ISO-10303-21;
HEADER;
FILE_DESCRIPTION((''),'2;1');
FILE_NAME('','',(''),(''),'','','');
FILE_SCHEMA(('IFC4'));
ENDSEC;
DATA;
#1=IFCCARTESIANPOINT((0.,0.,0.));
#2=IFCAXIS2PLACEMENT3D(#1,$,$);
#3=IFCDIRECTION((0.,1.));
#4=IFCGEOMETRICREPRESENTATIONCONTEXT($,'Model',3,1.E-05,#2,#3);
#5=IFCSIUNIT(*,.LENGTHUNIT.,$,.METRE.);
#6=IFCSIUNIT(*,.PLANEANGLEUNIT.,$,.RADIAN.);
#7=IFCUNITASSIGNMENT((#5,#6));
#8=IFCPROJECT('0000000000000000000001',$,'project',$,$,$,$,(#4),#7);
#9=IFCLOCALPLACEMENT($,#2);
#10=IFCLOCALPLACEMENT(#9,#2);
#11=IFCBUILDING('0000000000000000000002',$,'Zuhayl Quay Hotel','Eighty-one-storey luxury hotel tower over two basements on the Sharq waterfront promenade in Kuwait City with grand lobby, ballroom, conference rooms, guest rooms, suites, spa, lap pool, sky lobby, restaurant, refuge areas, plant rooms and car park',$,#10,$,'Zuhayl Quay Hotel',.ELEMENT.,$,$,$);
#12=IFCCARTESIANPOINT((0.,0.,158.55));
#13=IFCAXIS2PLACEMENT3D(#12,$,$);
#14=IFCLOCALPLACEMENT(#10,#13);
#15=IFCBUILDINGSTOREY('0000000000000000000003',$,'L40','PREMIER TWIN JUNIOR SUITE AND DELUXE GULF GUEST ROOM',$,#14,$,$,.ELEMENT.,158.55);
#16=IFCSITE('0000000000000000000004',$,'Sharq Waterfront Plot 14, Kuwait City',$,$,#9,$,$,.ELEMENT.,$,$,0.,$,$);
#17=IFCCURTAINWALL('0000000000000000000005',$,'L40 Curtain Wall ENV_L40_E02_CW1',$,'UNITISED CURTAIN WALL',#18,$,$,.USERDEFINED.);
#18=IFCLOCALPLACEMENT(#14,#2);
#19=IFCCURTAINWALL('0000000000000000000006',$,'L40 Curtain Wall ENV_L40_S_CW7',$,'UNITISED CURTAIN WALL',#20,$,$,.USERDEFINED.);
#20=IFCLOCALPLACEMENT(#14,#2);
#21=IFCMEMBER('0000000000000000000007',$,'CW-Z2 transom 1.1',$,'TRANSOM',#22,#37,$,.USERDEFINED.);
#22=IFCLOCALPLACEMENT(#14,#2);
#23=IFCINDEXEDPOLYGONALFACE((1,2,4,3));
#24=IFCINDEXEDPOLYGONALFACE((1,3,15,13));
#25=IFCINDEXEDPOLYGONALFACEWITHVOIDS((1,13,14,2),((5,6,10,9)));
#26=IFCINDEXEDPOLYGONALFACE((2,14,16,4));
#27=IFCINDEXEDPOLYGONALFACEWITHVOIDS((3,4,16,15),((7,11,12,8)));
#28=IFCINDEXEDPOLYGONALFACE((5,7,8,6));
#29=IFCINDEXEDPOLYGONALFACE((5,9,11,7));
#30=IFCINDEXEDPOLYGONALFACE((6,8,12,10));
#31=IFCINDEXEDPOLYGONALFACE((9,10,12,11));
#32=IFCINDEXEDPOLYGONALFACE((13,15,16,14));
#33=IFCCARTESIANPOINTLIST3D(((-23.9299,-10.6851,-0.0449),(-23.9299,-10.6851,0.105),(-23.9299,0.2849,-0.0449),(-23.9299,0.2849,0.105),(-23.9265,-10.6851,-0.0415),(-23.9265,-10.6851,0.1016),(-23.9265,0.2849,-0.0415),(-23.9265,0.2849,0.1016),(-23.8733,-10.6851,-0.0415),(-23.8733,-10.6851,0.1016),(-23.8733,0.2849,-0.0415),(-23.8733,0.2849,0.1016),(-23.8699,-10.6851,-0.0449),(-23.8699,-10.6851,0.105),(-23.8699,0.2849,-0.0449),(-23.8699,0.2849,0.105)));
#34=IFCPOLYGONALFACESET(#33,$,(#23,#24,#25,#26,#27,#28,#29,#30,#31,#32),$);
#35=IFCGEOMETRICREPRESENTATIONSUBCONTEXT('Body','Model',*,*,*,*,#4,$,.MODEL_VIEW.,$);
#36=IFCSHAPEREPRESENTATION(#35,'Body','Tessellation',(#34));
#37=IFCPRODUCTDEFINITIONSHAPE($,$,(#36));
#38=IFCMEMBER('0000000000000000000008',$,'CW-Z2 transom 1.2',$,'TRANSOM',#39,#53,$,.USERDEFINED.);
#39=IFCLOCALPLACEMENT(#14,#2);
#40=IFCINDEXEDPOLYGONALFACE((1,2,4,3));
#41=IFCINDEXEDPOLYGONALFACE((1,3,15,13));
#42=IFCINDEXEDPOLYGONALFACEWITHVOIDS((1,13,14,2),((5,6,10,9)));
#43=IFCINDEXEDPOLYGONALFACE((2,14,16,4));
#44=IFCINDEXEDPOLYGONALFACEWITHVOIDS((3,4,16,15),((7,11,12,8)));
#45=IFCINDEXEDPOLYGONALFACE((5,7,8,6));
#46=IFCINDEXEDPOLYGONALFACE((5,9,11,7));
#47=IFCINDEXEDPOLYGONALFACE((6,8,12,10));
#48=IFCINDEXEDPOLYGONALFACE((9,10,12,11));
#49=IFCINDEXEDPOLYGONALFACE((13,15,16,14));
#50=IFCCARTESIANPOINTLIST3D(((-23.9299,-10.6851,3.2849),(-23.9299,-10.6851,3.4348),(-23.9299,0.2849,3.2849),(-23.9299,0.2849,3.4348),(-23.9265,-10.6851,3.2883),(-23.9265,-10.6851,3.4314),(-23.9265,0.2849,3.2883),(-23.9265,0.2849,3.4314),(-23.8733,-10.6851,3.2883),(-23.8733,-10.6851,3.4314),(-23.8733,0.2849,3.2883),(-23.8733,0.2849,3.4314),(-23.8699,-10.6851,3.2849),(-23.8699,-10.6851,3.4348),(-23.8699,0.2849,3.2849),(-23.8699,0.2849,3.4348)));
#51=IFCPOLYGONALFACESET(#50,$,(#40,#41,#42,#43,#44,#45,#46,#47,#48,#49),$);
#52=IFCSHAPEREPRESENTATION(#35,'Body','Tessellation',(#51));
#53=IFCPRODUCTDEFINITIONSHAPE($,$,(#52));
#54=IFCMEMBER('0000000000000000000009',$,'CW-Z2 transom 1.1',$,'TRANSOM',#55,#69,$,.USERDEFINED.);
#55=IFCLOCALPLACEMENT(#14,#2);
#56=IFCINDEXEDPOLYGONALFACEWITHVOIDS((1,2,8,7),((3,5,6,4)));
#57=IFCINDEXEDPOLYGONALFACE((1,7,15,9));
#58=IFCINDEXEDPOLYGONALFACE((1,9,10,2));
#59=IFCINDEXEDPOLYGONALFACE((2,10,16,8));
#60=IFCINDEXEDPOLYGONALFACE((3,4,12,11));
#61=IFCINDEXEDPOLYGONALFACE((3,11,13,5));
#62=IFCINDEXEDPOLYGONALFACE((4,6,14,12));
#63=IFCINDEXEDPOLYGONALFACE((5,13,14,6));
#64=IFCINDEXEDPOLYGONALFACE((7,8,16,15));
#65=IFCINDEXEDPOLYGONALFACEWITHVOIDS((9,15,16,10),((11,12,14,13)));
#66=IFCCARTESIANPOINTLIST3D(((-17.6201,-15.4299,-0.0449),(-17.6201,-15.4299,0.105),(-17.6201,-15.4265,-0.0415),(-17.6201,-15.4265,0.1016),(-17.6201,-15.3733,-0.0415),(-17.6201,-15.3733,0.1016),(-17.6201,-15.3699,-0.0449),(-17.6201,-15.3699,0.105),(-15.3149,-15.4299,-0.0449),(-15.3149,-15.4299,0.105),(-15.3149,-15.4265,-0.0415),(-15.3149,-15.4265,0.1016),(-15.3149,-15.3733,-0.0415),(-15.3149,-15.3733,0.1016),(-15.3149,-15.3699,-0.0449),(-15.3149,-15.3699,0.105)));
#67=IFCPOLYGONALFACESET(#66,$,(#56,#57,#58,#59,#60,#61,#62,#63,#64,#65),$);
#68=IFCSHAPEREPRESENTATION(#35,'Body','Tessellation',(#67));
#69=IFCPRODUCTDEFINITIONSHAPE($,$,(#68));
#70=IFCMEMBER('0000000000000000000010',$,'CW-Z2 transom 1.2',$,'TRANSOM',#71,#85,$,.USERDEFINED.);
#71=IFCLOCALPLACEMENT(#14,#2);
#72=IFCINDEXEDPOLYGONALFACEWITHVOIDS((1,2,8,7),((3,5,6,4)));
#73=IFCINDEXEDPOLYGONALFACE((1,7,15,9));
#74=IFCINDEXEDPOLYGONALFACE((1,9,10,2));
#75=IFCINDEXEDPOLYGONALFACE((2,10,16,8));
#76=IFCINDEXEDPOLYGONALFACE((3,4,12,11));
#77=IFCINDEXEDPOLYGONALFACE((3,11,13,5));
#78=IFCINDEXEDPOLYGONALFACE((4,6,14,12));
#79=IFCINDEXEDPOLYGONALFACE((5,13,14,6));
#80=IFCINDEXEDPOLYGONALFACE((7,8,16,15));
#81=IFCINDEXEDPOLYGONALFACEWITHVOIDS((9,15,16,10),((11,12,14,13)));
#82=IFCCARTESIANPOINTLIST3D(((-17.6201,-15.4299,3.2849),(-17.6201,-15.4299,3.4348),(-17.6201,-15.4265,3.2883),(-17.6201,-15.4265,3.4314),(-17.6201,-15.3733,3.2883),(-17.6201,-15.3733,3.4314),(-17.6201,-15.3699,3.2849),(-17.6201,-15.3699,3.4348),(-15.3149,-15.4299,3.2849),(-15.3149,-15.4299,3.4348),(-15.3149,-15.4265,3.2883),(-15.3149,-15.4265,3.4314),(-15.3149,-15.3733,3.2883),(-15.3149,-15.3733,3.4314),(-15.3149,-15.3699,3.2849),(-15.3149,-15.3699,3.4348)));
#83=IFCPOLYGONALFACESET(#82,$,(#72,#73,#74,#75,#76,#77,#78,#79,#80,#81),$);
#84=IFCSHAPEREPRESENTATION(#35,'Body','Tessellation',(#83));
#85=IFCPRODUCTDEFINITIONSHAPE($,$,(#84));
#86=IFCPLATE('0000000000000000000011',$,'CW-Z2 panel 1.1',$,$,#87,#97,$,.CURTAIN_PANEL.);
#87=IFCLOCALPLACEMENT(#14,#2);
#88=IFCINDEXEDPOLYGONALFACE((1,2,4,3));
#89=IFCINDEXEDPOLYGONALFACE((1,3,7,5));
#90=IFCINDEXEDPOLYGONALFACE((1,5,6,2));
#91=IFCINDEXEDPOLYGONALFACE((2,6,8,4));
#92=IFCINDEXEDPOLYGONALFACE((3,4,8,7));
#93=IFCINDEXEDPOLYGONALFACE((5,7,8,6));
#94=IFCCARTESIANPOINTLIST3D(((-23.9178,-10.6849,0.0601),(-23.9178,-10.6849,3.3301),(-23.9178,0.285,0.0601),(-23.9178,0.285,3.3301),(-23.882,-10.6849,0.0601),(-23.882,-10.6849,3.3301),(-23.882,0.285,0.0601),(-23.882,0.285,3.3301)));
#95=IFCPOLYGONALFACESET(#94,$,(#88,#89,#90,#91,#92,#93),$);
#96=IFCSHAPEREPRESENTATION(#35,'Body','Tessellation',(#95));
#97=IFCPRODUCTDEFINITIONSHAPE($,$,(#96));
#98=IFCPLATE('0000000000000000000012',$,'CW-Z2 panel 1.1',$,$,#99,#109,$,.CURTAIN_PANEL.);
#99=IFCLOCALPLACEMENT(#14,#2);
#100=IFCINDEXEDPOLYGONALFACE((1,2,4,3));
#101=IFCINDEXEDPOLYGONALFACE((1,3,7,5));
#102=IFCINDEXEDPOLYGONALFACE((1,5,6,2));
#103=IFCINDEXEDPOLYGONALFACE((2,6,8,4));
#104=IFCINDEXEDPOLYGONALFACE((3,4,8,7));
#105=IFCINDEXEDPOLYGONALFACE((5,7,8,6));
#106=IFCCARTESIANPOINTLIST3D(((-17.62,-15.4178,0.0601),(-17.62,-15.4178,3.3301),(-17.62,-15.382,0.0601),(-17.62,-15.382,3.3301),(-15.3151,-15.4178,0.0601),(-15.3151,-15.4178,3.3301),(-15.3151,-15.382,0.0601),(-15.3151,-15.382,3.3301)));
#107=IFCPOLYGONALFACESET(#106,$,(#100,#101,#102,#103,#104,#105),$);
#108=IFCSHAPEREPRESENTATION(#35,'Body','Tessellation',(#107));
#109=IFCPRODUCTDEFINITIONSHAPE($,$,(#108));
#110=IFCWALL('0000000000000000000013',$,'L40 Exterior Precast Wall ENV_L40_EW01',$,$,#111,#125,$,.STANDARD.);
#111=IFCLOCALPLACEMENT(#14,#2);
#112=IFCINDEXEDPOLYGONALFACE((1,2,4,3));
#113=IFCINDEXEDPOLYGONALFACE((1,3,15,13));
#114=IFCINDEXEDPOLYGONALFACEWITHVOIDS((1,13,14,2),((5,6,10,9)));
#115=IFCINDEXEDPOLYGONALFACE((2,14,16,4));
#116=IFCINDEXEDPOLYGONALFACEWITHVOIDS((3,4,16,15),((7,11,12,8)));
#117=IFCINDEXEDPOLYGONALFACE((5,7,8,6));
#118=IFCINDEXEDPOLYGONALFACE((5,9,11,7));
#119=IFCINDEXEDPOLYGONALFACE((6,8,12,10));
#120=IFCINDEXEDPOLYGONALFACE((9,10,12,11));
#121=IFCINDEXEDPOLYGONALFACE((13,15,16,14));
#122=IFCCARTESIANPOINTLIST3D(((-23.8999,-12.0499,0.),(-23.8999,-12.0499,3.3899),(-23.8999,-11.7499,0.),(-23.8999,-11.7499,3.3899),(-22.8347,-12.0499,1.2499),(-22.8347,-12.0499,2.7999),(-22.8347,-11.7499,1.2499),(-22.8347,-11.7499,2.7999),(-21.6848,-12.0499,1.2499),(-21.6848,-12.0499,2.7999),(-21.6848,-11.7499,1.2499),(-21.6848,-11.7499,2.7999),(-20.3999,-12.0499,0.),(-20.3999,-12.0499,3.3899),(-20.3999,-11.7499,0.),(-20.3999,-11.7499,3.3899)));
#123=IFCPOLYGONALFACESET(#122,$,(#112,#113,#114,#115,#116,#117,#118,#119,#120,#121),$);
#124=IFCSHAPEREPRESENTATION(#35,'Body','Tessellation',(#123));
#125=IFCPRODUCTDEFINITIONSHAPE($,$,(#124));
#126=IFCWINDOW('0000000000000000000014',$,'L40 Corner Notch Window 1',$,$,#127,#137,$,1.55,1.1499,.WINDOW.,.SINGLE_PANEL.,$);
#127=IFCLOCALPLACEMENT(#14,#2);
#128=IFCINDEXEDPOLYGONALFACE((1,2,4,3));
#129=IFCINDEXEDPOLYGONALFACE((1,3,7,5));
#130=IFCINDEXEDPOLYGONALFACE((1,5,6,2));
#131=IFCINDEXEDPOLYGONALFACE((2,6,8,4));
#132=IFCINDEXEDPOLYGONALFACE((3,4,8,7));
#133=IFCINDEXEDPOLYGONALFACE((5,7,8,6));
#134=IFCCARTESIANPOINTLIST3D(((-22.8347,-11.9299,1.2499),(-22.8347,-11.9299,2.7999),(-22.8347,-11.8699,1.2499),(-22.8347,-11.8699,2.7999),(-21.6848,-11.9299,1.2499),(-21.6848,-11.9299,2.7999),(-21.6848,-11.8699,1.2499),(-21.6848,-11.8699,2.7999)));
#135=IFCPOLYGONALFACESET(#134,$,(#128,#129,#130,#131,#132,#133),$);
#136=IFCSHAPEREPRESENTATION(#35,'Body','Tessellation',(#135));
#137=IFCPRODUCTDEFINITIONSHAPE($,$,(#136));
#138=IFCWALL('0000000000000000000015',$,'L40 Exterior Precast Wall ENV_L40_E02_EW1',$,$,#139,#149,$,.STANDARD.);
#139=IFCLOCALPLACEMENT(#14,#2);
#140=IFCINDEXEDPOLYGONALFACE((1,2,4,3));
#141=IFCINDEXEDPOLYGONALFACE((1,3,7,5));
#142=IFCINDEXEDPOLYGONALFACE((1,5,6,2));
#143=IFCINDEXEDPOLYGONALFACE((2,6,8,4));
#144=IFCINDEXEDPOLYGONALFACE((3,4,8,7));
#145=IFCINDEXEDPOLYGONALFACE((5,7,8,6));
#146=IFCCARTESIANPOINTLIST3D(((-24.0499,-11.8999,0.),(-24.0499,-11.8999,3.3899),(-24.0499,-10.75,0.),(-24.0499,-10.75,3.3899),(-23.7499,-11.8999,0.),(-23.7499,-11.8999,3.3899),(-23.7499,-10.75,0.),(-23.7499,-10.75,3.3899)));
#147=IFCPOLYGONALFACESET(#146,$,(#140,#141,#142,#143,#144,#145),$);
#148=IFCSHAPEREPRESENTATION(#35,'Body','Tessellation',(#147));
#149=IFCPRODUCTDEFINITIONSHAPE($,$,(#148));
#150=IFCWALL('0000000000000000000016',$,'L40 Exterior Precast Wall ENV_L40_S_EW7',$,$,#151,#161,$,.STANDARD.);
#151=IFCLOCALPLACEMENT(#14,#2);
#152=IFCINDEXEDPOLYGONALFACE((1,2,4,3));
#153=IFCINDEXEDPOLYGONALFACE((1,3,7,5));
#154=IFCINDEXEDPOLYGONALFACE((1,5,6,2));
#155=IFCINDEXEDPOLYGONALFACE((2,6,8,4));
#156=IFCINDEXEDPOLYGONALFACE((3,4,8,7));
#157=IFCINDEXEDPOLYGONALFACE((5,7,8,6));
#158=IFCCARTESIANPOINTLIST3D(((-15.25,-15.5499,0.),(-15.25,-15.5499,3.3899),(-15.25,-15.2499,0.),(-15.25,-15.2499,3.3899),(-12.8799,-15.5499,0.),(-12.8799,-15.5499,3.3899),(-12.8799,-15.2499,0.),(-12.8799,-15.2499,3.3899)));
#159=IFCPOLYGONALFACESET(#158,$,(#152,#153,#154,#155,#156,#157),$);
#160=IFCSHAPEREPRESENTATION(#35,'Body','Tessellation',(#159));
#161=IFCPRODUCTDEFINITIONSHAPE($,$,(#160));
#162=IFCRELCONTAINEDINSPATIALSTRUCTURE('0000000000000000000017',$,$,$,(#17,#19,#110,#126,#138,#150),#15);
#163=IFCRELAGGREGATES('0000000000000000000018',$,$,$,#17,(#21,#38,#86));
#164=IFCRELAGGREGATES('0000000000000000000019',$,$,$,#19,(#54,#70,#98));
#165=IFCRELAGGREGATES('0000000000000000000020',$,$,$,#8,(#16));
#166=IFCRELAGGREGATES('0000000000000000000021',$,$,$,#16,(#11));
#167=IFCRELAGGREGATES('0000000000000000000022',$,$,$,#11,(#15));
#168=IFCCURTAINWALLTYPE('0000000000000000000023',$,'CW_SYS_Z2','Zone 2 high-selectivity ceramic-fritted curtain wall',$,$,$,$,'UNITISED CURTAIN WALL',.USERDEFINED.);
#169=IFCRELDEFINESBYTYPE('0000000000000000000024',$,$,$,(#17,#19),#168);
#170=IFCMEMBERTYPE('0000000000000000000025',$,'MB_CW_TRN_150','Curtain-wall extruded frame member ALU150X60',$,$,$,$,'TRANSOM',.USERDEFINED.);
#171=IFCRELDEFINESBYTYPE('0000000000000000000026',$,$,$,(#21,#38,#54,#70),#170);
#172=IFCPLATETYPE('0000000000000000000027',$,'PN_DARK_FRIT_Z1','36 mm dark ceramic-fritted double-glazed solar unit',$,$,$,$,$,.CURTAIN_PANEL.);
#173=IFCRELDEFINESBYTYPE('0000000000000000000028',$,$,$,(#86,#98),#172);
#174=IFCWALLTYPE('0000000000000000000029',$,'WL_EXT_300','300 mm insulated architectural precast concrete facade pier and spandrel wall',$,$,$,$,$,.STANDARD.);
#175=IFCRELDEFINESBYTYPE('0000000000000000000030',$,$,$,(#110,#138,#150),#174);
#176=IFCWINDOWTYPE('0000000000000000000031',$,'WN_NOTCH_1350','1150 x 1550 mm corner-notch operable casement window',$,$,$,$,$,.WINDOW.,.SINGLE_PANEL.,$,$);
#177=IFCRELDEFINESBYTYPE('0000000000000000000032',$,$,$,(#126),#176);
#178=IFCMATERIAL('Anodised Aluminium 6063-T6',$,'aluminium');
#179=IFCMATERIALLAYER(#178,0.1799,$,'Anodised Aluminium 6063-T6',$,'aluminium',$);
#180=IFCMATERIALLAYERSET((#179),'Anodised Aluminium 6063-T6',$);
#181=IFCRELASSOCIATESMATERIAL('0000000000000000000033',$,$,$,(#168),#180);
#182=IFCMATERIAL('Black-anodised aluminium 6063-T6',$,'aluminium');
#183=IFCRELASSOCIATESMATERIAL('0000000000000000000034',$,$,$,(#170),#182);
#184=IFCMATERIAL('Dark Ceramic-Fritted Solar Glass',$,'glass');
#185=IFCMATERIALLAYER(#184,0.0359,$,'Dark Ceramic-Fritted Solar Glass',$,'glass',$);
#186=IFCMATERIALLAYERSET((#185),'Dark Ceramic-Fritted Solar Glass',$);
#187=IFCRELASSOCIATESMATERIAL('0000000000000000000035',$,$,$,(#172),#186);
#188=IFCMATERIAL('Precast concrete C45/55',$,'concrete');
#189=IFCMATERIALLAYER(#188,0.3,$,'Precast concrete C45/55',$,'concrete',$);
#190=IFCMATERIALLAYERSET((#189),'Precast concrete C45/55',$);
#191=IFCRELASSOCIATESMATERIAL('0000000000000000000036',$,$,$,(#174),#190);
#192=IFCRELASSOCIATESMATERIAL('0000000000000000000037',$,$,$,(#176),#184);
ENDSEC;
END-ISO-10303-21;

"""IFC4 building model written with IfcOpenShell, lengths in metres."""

from ifc_helpers import new_model, si_unit, direction, frame, frame_2d, origin, origin_2d, place, context, subcontext, project, spatial, rectangle, hollow_rectangle, extrude, material, layer, layer_set, material_profile, profile_set, type_object, element, fill, aggregate, save


model = new_model("IFC4")

# Units and contexts
model_context = context("Model", 3, precision=1e-05, world=origin(), true_north=direction((0.0, 1.0)))
body_context = subcontext(model_context, "Body", "Model", "MODEL_VIEW")
ifc_project = project(units=[si_unit("LENGTHUNIT", "METRE"), si_unit("PLANEANGLEUNIT", "RADIAN")], contexts=[model_context])

# Site, building, storey
site_placement = place(None, origin())
site = spatial("IfcSite", under=ifc_project, at=site_placement, Name="Sharq Waterfront Plot 14, Kuwait City", CompositionType="ELEMENT", RefElevation=0.0)
building_placement = place(site_placement, origin())
building = spatial("IfcBuilding", under=site, at=building_placement, Name="Zuhayl Quay Hotel", Description="Eighty-one-storey luxury hotel tower over two basements on the Sharq waterfront promenade in Kuwait City with grand lobby, ballroom, conference rooms, guest rooms, suites, spa, lap pool, sky lobby, restaurant, refuge areas, plant rooms and car park", LongName="Zuhayl Quay Hotel", CompositionType="ELEMENT")
storey_placement = place(building_placement, frame((0.0, 0.0, 158.55)))
storey = spatial("IfcBuildingStorey", under=building, at=storey_placement, Name="L40", Description="PREMIER TWIN JUNIOR SUITE AND DELUXE GULF GUEST ROOM", CompositionType="ELEMENT", Elevation=158.55)

# Curtain wall
ifc_material_1 = material(Name="Anodised Aluminium 6063-T6", Category="aluminium")
ifc_layer_1 = layer(ifc_material_1, 0.1799, Name="Anodised Aluminium 6063-T6", Category="aluminium")
ifc_layer_set_1 = layer_set([ifc_layer_1], Name="Anodised Aluminium 6063-T6")
curtain_wall_type = type_object("IfcCurtainWallType", Name="CW_SYS_Z2", Description="Zone 2 high-selectivity ceramic-fritted curtain wall", ElementType="UNITISED CURTAIN WALL", PredefinedType="USERDEFINED", material=ifc_layer_set_1)
curtain_wall_1_placement = place(storey_placement, origin())
curtain_wall_1 = element("IfcCurtainWall", 1, at=curtain_wall_1_placement, inside=storey, type_object=curtain_wall_type, Name="L40 Curtain Wall ENV_L40_E02_CW1", ObjectType="UNITISED CURTAIN WALL", PredefinedType="USERDEFINED")
ifc_material_2 = material(Name="Black-anodised aluminium 6063-T6", Category="aluminium")

# Curtain wall
curtain_wall_2_placement = place(storey_placement, origin())
curtain_wall_2 = element("IfcCurtainWall", 2, at=curtain_wall_2_placement, inside=storey, type_object=curtain_wall_type, Name="L40 Curtain Wall ENV_L40_S_CW7", ObjectType="UNITISED CURTAIN WALL", PredefinedType="USERDEFINED")

# Members
ifc_material_profile_1 = material_profile(ifc_material_2, hollow_rectangle(XDim=0.0601, YDim=0.1499, WallThickness=0.0034, at=origin_2d()), Name="ALU150X60")
ifc_profile_set_1 = profile_set([ifc_material_profile_1], Name="Black-anodised aluminium 6063-T6")
member_type_1 = type_object("IfcMemberType", Name="MB_CW_TRN_150", Description="Curtain-wall extruded frame member ALU150X60", ElementType="TRANSOM", PredefinedType="USERDEFINED", material=ifc_profile_set_1)
member_1_placement = place(storey_placement, frame((-23.8999, -10.6851, 0.03), z_axis=(0.0, 1.0, 0.0), x_axis=(-1.0, 0.0, 0.0)))
member_1 = element("IfcMember", 3, at=member_1_placement, type_object=member_type_1, Name="CW-Z2 transom 1.1", ObjectType="TRANSOM", PredefinedType="USERDEFINED", context=body_context, shape_type="SweptSolid", body=[
    extrude(hollow_rectangle(XDim=0.0601, YDim=0.1499, WallThickness=0.0034, at=origin_2d()), origin(), (0.0, 0.0, 1.0), 10.97),
])
member_2_placement = place(storey_placement, frame((-23.8999, -10.6851, 3.3599), z_axis=(0.0, 1.0, 0.0), x_axis=(-1.0, 0.0, 0.0)))
member_2 = element("IfcMember", 4, at=member_2_placement, type_object=member_type_1, Name="CW-Z2 transom 1.2", ObjectType="TRANSOM", PredefinedType="USERDEFINED", context=body_context, shape_type="SweptSolid", body=[
    extrude(hollow_rectangle(XDim=0.0601, YDim=0.1499, WallThickness=0.0034, at=origin_2d()), origin(), (0.0, 0.0, 1.0), 10.97),
])
member_3_placement = place(storey_placement, frame((-15.3149, -15.3999, 0.03), z_axis=(-1.0, 0.0, 0.0), x_axis=(0.0, -1.0, 0.0)))
member_3 = element("IfcMember", 5, at=member_3_placement, type_object=member_type_1, Name="CW-Z2 transom 1.1", ObjectType="TRANSOM", PredefinedType="USERDEFINED", context=body_context, shape_type="SweptSolid", body=[
    extrude(hollow_rectangle(XDim=0.0601, YDim=0.1499, WallThickness=0.0034, at=origin_2d()), origin(), (0.0, 0.0, 1.0), 2.3052),
])
member_4_placement = place(storey_placement, frame((-15.3149, -15.3999, 3.3599), z_axis=(-1.0, 0.0, 0.0), x_axis=(0.0, -1.0, 0.0)))
member_4 = element("IfcMember", 6, at=member_4_placement, type_object=member_type_1, Name="CW-Z2 transom 1.2", ObjectType="TRANSOM", PredefinedType="USERDEFINED", context=body_context, shape_type="SweptSolid", body=[
    extrude(hollow_rectangle(XDim=0.0601, YDim=0.1499, WallThickness=0.0034, at=origin_2d()), origin(), (0.0, 0.0, 1.0), 2.3052),
])

# Plates
ifc_material_3 = material(Name="Dark Ceramic-Fritted Solar Glass", Category="glass")
ifc_layer_2 = layer(ifc_material_3, 0.0359, Name="Dark Ceramic-Fritted Solar Glass", Category="glass")
ifc_layer_set_2 = layer_set([ifc_layer_2], Name="Dark Ceramic-Fritted Solar Glass")
plate_type = type_object("IfcPlateType", Name="PN_DARK_FRIT_Z1", Description="36 mm dark ceramic-fritted double-glazed solar unit", PredefinedType="CURTAIN_PANEL", material=ifc_layer_set_2)
plate_1_placement = place(storey_placement, frame((-23.8999, -5.2, 0.0601), z_axis=(0.0, 0.0, 1.0), x_axis=(0.0, 1.0, 0.0)))
plate_1 = element("IfcPlate", 7, at=plate_1_placement, type_object=plate_type, Name="CW-Z2 panel 1.1", PredefinedType="CURTAIN_PANEL", context=body_context, shape_type="SweptSolid", body=[
    extrude(rectangle(XDim=10.97, YDim=0.0359, at=origin_2d()), origin(), (0.0, 0.0, 1.0), 3.27),
])
aggregate(curtain_wall_1, [member_1, member_2, plate_1])
plate_2_placement = place(storey_placement, frame((-16.4675, -15.3999, 0.0601), z_axis=(0.0, 0.0, 1.0), x_axis=(-1.0, 0.0, 0.0)))
plate_2 = element("IfcPlate", 8, at=plate_2_placement, type_object=plate_type, Name="CW-Z2 panel 1.1", PredefinedType="CURTAIN_PANEL", context=body_context, shape_type="SweptSolid", body=[
    extrude(rectangle(XDim=2.3049, YDim=0.0359, at=origin_2d()), origin(), (0.0, 0.0, 1.0), 3.27),
])
aggregate(curtain_wall_2, [member_3, member_4, plate_2])

# Wall, opening, window
ifc_material_4 = material(Name="Precast concrete C45/55", Category="concrete")
ifc_layer_3 = layer(ifc_material_4, 0.3, Name="Precast concrete C45/55", Category="concrete")
ifc_layer_set_3 = layer_set([ifc_layer_3], Name="Precast concrete C45/55")
wall_type_1 = type_object("IfcWallType", Name="WL_EXT_300", Description="300 mm insulated architectural precast concrete facade pier and spandrel wall", PredefinedType="STANDARD", material=ifc_layer_set_3)
wall_1_placement = place(storey_placement, frame((-20.3999, -11.8999, 0.0), z_axis=(0.0, 0.0, 1.0), x_axis=(-1.0, 0.0, 0.0)))
wall_1 = element("IfcWall", 9, at=wall_1_placement, inside=storey, type_object=wall_type_1, Name="L40 Exterior Precast Wall ENV_L40_EW01", PredefinedType="STANDARD", context=body_context, shape_type="SweptSolid", body=[
    extrude(rectangle(XDim=3.5, YDim=0.3, at=frame_2d((1.75, 0.0))), origin(), (0.0, 0.0, 1.0), 3.3899),
])
opening_1_placement = place(wall_1_placement, frame((1.2849, 0.0, 1.25)))
opening_1 = element("IfcOpeningElement", 10, at=opening_1_placement, cuts=wall_1, PredefinedType="OPENING", context=body_context, shape_type="SweptSolid", body=[
    extrude(rectangle(XDim=1.1499, YDim=1.55, at=frame_2d((0.575, 0.7749))), frame((0.0, 0.1599, 0.0), z_axis=(0.0, -1.0, 0.0), x_axis=(1.0, 0.0, 0.0)), (0.0, 0.0, 1.0), 0.3201),
])
window_type = type_object("IfcWindowType", Name="WN_NOTCH_1350", Description="1150 x 1550 mm corner-notch operable casement window", PartitioningType="SINGLE_PANEL", PredefinedType="WINDOW", material=ifc_material_3)
window_1_placement = place(opening_1_placement, origin())
window_1 = element("IfcWindow", 11, at=window_1_placement, inside=storey, type_object=window_type, Name="L40 Corner Notch Window 1", OverallHeight=1.55, OverallWidth=1.1499, PartitioningType="SINGLE_PANEL", PredefinedType="WINDOW", context=body_context, shape_type="SweptSolid", body=[
    extrude(rectangle(XDim=1.1499, YDim=1.55, at=frame_2d((0.575, 0.7749))), frame((0.0, 0.03, 0.0), z_axis=(0.0, -1.0, 0.0), x_axis=(1.0, 0.0, 0.0)), (0.0, 0.0, 1.0), 0.0601),
])
fill(opening_1, window_1)

# Walls
wall_2_placement = place(storey_placement, frame((-23.8999, -11.8999, 0.0), z_axis=(0.0, 0.0, 1.0), x_axis=(0.0, 1.0, 0.0)))
element("IfcWall", 12, at=wall_2_placement, inside=storey, type_object=wall_type_1, Name="L40 Exterior Precast Wall ENV_L40_E02_EW1", PredefinedType="STANDARD", context=body_context, shape_type="SweptSolid", body=[
    extrude(rectangle(XDim=1.1499, YDim=0.3, at=frame_2d((0.575, 0.0))), origin(), (0.0, 0.0, 1.0), 3.3899),
])
wall_3_placement = place(storey_placement, frame((-12.8799, -15.3999, 0.0), z_axis=(0.0, 0.0, 1.0), x_axis=(-1.0, 0.0, 0.0)))
element("IfcWall", 13, at=wall_3_placement, inside=storey, type_object=wall_type_1, Name="L40 Exterior Precast Wall ENV_L40_S_EW7", PredefinedType="STANDARD", context=body_context, shape_type="SweptSolid", body=[
    extrude(rectangle(XDim=2.3701, YDim=0.3, at=frame_2d((1.1851, 0.0))), origin(), (0.0, 0.0, 1.0), 3.3899),
])

save(model, "model.ifc")
